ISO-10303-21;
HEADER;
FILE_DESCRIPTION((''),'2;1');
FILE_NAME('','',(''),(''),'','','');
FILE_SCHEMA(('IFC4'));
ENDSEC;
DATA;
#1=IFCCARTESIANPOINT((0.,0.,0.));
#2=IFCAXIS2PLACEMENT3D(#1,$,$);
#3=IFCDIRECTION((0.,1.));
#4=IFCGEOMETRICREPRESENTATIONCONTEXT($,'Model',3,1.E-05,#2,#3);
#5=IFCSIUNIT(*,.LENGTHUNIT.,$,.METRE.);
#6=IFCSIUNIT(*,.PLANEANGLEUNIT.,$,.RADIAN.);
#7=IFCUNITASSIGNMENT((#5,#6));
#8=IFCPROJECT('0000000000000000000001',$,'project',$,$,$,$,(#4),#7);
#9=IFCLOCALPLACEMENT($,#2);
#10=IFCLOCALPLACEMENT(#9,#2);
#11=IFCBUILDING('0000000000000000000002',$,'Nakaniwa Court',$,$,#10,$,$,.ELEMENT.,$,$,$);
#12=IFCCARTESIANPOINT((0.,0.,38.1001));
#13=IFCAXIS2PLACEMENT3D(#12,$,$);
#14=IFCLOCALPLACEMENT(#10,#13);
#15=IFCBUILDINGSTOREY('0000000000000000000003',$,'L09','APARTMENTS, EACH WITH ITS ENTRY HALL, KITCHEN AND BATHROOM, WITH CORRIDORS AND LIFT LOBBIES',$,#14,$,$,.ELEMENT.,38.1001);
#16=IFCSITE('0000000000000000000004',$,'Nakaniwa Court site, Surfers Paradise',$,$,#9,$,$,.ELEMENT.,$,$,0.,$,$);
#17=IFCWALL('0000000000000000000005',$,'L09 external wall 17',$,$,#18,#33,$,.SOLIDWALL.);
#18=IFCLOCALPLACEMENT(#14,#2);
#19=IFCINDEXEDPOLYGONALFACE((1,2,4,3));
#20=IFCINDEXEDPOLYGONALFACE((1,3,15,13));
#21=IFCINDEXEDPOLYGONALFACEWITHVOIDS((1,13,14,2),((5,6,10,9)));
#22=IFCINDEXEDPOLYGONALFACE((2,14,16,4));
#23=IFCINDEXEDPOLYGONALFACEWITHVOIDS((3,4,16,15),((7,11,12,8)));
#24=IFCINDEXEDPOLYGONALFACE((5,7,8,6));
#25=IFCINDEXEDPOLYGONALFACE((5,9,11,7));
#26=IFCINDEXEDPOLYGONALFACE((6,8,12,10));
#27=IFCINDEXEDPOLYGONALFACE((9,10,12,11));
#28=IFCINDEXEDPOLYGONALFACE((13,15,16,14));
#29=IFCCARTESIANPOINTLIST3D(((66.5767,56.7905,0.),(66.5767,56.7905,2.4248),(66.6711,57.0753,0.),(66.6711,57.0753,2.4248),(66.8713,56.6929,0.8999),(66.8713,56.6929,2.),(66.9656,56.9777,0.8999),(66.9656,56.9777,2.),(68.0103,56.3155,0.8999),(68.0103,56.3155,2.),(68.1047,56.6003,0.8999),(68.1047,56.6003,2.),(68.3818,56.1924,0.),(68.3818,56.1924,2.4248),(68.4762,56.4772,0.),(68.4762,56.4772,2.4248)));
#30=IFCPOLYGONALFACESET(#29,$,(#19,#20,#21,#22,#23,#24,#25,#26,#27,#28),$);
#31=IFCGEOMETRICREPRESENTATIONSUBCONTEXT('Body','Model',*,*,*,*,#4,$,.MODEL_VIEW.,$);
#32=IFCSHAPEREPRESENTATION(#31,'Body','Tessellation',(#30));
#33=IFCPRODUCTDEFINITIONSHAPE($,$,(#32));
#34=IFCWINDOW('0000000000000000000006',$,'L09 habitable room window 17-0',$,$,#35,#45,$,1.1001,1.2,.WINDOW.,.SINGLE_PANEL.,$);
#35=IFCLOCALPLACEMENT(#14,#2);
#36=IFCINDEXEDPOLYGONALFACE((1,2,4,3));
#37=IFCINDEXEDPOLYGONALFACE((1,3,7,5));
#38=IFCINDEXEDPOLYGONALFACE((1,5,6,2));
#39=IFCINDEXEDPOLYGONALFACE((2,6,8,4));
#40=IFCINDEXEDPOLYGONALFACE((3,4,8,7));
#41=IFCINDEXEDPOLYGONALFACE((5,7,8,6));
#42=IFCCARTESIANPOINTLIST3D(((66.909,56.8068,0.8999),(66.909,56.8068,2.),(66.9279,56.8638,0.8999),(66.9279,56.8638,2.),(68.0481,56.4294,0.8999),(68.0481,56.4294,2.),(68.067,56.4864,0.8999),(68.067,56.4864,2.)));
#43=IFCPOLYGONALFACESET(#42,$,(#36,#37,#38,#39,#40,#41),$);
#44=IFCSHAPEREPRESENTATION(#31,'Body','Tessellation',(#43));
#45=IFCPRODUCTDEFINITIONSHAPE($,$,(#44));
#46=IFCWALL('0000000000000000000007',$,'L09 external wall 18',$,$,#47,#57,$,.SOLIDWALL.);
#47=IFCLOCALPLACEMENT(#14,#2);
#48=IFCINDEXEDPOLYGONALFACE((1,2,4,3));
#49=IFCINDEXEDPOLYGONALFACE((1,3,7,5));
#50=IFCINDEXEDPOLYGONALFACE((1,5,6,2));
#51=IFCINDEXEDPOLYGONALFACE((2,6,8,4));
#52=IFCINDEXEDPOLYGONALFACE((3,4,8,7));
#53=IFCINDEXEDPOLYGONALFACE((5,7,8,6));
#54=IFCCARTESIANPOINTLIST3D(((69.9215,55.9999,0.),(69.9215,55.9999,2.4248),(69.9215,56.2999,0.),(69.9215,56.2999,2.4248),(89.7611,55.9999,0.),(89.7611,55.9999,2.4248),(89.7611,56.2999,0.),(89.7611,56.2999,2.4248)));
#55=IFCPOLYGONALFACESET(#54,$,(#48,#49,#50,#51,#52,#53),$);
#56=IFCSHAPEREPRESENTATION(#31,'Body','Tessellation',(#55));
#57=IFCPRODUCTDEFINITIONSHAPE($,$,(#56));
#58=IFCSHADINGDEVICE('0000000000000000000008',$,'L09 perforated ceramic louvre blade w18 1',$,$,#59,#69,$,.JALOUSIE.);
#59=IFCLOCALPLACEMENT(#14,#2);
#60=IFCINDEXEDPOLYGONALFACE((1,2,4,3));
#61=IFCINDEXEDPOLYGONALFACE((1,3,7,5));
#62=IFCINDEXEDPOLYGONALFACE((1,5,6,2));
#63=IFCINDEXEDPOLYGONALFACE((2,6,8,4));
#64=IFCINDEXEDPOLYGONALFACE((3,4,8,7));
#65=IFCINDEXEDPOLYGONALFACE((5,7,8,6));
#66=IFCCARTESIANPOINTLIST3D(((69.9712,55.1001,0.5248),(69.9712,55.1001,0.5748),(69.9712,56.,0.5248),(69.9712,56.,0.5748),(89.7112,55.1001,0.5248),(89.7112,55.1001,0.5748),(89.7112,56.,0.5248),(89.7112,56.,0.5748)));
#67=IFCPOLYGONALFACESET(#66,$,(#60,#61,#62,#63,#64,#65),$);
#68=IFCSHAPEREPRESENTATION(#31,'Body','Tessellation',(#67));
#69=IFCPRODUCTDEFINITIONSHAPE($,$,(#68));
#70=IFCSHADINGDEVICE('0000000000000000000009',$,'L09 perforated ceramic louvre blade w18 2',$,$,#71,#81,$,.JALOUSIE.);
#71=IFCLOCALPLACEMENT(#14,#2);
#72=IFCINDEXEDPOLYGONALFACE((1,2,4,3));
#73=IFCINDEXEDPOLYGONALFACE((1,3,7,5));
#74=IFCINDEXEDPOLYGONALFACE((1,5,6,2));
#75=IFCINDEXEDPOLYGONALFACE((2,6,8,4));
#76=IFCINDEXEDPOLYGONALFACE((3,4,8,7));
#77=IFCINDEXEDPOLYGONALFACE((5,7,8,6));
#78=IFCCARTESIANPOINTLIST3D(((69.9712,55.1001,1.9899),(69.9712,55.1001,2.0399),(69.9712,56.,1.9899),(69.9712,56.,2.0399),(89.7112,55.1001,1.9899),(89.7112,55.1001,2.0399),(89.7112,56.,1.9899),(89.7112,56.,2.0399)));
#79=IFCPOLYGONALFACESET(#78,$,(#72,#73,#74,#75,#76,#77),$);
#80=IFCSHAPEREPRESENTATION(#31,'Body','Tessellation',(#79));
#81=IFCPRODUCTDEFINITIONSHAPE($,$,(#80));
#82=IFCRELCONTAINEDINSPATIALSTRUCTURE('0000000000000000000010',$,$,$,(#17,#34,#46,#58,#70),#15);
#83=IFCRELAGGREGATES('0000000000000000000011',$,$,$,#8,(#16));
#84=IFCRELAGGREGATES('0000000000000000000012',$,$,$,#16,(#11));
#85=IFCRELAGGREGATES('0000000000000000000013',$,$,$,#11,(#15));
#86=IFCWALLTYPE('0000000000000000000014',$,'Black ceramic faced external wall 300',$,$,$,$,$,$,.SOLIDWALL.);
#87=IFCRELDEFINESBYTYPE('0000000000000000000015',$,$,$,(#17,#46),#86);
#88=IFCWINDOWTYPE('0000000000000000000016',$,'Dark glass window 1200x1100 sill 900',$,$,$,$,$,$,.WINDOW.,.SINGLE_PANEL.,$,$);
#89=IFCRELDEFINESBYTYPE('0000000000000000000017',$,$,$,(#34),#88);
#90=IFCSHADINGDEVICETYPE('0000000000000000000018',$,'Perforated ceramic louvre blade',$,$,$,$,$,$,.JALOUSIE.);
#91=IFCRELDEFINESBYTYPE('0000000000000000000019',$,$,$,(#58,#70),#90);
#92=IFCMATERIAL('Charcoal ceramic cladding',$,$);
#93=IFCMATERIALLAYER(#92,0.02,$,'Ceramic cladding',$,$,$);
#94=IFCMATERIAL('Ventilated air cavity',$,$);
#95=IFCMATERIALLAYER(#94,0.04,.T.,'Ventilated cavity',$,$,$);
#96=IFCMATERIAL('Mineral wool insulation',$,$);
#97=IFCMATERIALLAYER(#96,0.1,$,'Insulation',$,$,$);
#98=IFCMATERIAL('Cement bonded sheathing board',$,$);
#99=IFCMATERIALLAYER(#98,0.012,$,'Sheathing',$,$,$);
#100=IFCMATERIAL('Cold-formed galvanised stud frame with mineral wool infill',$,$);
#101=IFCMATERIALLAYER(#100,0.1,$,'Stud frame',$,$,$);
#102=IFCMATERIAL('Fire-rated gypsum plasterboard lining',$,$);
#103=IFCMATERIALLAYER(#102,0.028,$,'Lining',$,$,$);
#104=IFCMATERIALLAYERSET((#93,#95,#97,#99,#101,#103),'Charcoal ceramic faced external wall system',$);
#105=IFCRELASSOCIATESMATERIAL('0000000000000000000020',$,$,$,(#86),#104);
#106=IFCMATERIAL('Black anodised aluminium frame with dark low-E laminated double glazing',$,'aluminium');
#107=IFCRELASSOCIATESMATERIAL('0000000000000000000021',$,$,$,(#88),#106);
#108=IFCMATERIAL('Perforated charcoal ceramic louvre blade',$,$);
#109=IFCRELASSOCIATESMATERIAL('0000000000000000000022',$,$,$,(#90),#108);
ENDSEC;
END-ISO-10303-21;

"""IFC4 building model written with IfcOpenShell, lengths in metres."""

from ifc_helpers import new_model, si_unit, direction, frame, frame_2d, origin, origin_2d, place, context, subcontext, project, spatial, rectangle, extrude, material, layer, layer_set, material_profile, profile_set, type_object, element, fill, save


model = new_model("IFC4")

# Units and contexts
model_context = context("Model", 3, precision=1e-05, world=origin(), true_north=direction((0.0, 1.0)))
body_context = subcontext(model_context, "Body", "Model", "MODEL_VIEW")
ifc_project = project(units=[si_unit("LENGTHUNIT", "METRE"), si_unit("PLANEANGLEUNIT", "RADIAN")], contexts=[model_context])

# Site, building, storey
site_placement = place(None, origin())
site = spatial("IfcSite", under=ifc_project, at=site_placement, Name="Nakaniwa Court site, Surfers Paradise", CompositionType="ELEMENT", RefElevation=0.0)
building_placement = place(site_placement, origin())
building = spatial("IfcBuilding", under=site, at=building_placement, Name="Nakaniwa Court", CompositionType="ELEMENT")
storey_placement = place(building_placement, frame((0.0, 0.0, 38.1001)))
storey = spatial("IfcBuildingStorey", under=building, at=storey_placement, Name="L09", Description="APARTMENTS, EACH WITH ITS ENTRY HALL, KITCHEN AND BATHROOM, WITH CORRIDORS AND LIFT LOBBIES", CompositionType="ELEMENT", Elevation=38.1001)

# Wall, opening, window
ifc_material_1 = material(Name="Charcoal ceramic cladding")
ifc_layer_1 = layer(ifc_material_1, 0.02, Name="Ceramic cladding")
ifc_material_2 = material(Name="Ventilated air cavity")
ifc_layer_2 = layer(ifc_material_2, 0.04, ventilated=True, Name="Ventilated cavity")
ifc_material_3 = material(Name="Mineral wool insulation")
ifc_layer_3 = layer(ifc_material_3, 0.1, Name="Insulation")
ifc_material_4 = material(Name="Cement bonded sheathing board")
ifc_layer_4 = layer(ifc_material_4, 0.012, Name="Sheathing")
ifc_material_5 = material(Name="Cold-formed galvanised stud frame with mineral wool infill")
ifc_layer_5 = layer(ifc_material_5, 0.1, Name="Stud frame")
ifc_material_6 = material(Name="Fire-rated gypsum plasterboard lining")
ifc_layer_6 = layer(ifc_material_6, 0.028, Name="Lining")
ifc_layer_set_1 = layer_set([ifc_layer_1, ifc_layer_2, ifc_layer_3, ifc_layer_4, ifc_layer_5, ifc_layer_6], Name="Charcoal ceramic faced external wall system")
wall_type_1 = type_object("IfcWallType", Name="Black ceramic faced external wall 300", PredefinedType="SOLIDWALL", material=ifc_layer_set_1)
ifc_material_7 = material(Name="Black anodised aluminium frame with dark low-E laminated double glazing", Category="aluminium")
window_type_1 = type_object("IfcWindowType", Name="Dark glass window 1200x1100 sill 900", PartitioningType="SINGLE_PANEL", PredefinedType="WINDOW", material=ifc_material_7)
wall_1_placement = place(storey_placement, frame((66.624, 56.9329, 0.0), z_axis=(0.0, 0.0, 1.0), x_axis=(0.949247, -0.314533, 0.0)))
wall_1 = element("IfcWall", 1, at=wall_1_placement, inside=storey, type_object=wall_type_1, Name="L09 external wall 17", PredefinedType="SOLIDWALL", context=body_context, shape_type="SweptSolid", body=[
    extrude(rectangle(XDim=1.9016, YDim=0.3, at=frame_2d((0.9507, 0.0))), origin(), (0.0, 0.0, 1.0), 2.4248),
])
opening_1_placement = place(wall_1_placement, frame((0.3101, 0.0, 0.8999)))
opening_1 = element("IfcOpeningElement", 2, at=opening_1_placement, cuts=wall_1, PredefinedType="OPENING", context=body_context, shape_type="SweptSolid", body=[
    extrude(rectangle(XDim=1.2, YDim=1.1001, at=frame_2d((0.6001, 0.55))), frame((0.0, 0.1599, 0.0), z_axis=(0.0, -1.0, 0.0), x_axis=(1.0, 0.0, 0.0)), (0.0, 0.0, 1.0), 0.3201),
])
window_1_placement = place(opening_1_placement, origin())
window_1 = element("IfcWindow", 3, at=window_1_placement, inside=storey, type_object=window_type_1, Name="L09 habitable room window 17-0", OverallHeight=1.1001, OverallWidth=1.2, PartitioningType="SINGLE_PANEL", PredefinedType="WINDOW", context=body_context, shape_type="SweptSolid", body=[
    extrude(rectangle(XDim=1.2, YDim=1.1001, at=frame_2d((0.6001, 0.55))), frame((0.0, 0.03, 0.0), z_axis=(0.0, -1.0, 0.0), x_axis=(1.0, 0.0, 0.0)), (0.0, 0.0, 1.0), 0.0601),
])
fill(opening_1, window_1)

# Wall
wall_2_placement = place(storey_placement, frame((69.9214, 56.1499, 0.0), z_axis=(0.0, 0.0, 1.0), x_axis=(1.0, 0.0, 0.0)))
element("IfcWall", 4, at=wall_2_placement, inside=storey, type_object=wall_type_1, Name="L09 external wall 18", PredefinedType="SOLIDWALL", context=body_context, shape_type="SweptSolid", body=[
    extrude(rectangle(XDim=19.8396, YDim=0.3, at=frame_2d((9.9199, 0.0))), origin(), (0.0, 0.0, 1.0), 2.4248),
])

# Shading devices
ifc_material_8 = material(Name="Perforated charcoal ceramic louvre blade")
ifc_material_profile_1 = material_profile(ifc_material_8, rectangle(XDim=0.8999, YDim=0.05, at=origin_2d()), Name="Perforated ceramic louvre blade")
ifc_profile_set_1 = profile_set([ifc_material_profile_1], Name="Perforated charcoal ceramic louvre blade")
shading_device_type = type_object("IfcShadingDeviceType", Name="Perforated ceramic louvre blade", PredefinedType="JALOUSIE", material=ifc_profile_set_1)
for number, where, z_axis, x_axis, name in (
    (5, (69.9712, 55.55, 0.5498), (1.0, 0.0, 0.0), (0.0, 1.0, 0.0), "L09 perforated ceramic louvre blade w18 1"),
    (6, (69.9712, 55.55, 2.0149), (1.0, 0.0, 0.0), (0.0, 1.0, 0.0), "L09 perforated ceramic louvre blade w18 2"),
):
    element("IfcShadingDevice", number, at=place(storey_placement, frame(where, z_axis=z_axis, x_axis=x_axis)), inside=storey, type_object=shading_device_type, Name=name, PredefinedType="JALOUSIE", context=body_context, shape_type="SweptSolid", body=[
        extrude(rectangle(XDim=0.8999, YDim=0.05, at=origin_2d()), origin(), (0.0, 0.0, 1.0), 19.74),
    ])

save(model, "model.ifc")
